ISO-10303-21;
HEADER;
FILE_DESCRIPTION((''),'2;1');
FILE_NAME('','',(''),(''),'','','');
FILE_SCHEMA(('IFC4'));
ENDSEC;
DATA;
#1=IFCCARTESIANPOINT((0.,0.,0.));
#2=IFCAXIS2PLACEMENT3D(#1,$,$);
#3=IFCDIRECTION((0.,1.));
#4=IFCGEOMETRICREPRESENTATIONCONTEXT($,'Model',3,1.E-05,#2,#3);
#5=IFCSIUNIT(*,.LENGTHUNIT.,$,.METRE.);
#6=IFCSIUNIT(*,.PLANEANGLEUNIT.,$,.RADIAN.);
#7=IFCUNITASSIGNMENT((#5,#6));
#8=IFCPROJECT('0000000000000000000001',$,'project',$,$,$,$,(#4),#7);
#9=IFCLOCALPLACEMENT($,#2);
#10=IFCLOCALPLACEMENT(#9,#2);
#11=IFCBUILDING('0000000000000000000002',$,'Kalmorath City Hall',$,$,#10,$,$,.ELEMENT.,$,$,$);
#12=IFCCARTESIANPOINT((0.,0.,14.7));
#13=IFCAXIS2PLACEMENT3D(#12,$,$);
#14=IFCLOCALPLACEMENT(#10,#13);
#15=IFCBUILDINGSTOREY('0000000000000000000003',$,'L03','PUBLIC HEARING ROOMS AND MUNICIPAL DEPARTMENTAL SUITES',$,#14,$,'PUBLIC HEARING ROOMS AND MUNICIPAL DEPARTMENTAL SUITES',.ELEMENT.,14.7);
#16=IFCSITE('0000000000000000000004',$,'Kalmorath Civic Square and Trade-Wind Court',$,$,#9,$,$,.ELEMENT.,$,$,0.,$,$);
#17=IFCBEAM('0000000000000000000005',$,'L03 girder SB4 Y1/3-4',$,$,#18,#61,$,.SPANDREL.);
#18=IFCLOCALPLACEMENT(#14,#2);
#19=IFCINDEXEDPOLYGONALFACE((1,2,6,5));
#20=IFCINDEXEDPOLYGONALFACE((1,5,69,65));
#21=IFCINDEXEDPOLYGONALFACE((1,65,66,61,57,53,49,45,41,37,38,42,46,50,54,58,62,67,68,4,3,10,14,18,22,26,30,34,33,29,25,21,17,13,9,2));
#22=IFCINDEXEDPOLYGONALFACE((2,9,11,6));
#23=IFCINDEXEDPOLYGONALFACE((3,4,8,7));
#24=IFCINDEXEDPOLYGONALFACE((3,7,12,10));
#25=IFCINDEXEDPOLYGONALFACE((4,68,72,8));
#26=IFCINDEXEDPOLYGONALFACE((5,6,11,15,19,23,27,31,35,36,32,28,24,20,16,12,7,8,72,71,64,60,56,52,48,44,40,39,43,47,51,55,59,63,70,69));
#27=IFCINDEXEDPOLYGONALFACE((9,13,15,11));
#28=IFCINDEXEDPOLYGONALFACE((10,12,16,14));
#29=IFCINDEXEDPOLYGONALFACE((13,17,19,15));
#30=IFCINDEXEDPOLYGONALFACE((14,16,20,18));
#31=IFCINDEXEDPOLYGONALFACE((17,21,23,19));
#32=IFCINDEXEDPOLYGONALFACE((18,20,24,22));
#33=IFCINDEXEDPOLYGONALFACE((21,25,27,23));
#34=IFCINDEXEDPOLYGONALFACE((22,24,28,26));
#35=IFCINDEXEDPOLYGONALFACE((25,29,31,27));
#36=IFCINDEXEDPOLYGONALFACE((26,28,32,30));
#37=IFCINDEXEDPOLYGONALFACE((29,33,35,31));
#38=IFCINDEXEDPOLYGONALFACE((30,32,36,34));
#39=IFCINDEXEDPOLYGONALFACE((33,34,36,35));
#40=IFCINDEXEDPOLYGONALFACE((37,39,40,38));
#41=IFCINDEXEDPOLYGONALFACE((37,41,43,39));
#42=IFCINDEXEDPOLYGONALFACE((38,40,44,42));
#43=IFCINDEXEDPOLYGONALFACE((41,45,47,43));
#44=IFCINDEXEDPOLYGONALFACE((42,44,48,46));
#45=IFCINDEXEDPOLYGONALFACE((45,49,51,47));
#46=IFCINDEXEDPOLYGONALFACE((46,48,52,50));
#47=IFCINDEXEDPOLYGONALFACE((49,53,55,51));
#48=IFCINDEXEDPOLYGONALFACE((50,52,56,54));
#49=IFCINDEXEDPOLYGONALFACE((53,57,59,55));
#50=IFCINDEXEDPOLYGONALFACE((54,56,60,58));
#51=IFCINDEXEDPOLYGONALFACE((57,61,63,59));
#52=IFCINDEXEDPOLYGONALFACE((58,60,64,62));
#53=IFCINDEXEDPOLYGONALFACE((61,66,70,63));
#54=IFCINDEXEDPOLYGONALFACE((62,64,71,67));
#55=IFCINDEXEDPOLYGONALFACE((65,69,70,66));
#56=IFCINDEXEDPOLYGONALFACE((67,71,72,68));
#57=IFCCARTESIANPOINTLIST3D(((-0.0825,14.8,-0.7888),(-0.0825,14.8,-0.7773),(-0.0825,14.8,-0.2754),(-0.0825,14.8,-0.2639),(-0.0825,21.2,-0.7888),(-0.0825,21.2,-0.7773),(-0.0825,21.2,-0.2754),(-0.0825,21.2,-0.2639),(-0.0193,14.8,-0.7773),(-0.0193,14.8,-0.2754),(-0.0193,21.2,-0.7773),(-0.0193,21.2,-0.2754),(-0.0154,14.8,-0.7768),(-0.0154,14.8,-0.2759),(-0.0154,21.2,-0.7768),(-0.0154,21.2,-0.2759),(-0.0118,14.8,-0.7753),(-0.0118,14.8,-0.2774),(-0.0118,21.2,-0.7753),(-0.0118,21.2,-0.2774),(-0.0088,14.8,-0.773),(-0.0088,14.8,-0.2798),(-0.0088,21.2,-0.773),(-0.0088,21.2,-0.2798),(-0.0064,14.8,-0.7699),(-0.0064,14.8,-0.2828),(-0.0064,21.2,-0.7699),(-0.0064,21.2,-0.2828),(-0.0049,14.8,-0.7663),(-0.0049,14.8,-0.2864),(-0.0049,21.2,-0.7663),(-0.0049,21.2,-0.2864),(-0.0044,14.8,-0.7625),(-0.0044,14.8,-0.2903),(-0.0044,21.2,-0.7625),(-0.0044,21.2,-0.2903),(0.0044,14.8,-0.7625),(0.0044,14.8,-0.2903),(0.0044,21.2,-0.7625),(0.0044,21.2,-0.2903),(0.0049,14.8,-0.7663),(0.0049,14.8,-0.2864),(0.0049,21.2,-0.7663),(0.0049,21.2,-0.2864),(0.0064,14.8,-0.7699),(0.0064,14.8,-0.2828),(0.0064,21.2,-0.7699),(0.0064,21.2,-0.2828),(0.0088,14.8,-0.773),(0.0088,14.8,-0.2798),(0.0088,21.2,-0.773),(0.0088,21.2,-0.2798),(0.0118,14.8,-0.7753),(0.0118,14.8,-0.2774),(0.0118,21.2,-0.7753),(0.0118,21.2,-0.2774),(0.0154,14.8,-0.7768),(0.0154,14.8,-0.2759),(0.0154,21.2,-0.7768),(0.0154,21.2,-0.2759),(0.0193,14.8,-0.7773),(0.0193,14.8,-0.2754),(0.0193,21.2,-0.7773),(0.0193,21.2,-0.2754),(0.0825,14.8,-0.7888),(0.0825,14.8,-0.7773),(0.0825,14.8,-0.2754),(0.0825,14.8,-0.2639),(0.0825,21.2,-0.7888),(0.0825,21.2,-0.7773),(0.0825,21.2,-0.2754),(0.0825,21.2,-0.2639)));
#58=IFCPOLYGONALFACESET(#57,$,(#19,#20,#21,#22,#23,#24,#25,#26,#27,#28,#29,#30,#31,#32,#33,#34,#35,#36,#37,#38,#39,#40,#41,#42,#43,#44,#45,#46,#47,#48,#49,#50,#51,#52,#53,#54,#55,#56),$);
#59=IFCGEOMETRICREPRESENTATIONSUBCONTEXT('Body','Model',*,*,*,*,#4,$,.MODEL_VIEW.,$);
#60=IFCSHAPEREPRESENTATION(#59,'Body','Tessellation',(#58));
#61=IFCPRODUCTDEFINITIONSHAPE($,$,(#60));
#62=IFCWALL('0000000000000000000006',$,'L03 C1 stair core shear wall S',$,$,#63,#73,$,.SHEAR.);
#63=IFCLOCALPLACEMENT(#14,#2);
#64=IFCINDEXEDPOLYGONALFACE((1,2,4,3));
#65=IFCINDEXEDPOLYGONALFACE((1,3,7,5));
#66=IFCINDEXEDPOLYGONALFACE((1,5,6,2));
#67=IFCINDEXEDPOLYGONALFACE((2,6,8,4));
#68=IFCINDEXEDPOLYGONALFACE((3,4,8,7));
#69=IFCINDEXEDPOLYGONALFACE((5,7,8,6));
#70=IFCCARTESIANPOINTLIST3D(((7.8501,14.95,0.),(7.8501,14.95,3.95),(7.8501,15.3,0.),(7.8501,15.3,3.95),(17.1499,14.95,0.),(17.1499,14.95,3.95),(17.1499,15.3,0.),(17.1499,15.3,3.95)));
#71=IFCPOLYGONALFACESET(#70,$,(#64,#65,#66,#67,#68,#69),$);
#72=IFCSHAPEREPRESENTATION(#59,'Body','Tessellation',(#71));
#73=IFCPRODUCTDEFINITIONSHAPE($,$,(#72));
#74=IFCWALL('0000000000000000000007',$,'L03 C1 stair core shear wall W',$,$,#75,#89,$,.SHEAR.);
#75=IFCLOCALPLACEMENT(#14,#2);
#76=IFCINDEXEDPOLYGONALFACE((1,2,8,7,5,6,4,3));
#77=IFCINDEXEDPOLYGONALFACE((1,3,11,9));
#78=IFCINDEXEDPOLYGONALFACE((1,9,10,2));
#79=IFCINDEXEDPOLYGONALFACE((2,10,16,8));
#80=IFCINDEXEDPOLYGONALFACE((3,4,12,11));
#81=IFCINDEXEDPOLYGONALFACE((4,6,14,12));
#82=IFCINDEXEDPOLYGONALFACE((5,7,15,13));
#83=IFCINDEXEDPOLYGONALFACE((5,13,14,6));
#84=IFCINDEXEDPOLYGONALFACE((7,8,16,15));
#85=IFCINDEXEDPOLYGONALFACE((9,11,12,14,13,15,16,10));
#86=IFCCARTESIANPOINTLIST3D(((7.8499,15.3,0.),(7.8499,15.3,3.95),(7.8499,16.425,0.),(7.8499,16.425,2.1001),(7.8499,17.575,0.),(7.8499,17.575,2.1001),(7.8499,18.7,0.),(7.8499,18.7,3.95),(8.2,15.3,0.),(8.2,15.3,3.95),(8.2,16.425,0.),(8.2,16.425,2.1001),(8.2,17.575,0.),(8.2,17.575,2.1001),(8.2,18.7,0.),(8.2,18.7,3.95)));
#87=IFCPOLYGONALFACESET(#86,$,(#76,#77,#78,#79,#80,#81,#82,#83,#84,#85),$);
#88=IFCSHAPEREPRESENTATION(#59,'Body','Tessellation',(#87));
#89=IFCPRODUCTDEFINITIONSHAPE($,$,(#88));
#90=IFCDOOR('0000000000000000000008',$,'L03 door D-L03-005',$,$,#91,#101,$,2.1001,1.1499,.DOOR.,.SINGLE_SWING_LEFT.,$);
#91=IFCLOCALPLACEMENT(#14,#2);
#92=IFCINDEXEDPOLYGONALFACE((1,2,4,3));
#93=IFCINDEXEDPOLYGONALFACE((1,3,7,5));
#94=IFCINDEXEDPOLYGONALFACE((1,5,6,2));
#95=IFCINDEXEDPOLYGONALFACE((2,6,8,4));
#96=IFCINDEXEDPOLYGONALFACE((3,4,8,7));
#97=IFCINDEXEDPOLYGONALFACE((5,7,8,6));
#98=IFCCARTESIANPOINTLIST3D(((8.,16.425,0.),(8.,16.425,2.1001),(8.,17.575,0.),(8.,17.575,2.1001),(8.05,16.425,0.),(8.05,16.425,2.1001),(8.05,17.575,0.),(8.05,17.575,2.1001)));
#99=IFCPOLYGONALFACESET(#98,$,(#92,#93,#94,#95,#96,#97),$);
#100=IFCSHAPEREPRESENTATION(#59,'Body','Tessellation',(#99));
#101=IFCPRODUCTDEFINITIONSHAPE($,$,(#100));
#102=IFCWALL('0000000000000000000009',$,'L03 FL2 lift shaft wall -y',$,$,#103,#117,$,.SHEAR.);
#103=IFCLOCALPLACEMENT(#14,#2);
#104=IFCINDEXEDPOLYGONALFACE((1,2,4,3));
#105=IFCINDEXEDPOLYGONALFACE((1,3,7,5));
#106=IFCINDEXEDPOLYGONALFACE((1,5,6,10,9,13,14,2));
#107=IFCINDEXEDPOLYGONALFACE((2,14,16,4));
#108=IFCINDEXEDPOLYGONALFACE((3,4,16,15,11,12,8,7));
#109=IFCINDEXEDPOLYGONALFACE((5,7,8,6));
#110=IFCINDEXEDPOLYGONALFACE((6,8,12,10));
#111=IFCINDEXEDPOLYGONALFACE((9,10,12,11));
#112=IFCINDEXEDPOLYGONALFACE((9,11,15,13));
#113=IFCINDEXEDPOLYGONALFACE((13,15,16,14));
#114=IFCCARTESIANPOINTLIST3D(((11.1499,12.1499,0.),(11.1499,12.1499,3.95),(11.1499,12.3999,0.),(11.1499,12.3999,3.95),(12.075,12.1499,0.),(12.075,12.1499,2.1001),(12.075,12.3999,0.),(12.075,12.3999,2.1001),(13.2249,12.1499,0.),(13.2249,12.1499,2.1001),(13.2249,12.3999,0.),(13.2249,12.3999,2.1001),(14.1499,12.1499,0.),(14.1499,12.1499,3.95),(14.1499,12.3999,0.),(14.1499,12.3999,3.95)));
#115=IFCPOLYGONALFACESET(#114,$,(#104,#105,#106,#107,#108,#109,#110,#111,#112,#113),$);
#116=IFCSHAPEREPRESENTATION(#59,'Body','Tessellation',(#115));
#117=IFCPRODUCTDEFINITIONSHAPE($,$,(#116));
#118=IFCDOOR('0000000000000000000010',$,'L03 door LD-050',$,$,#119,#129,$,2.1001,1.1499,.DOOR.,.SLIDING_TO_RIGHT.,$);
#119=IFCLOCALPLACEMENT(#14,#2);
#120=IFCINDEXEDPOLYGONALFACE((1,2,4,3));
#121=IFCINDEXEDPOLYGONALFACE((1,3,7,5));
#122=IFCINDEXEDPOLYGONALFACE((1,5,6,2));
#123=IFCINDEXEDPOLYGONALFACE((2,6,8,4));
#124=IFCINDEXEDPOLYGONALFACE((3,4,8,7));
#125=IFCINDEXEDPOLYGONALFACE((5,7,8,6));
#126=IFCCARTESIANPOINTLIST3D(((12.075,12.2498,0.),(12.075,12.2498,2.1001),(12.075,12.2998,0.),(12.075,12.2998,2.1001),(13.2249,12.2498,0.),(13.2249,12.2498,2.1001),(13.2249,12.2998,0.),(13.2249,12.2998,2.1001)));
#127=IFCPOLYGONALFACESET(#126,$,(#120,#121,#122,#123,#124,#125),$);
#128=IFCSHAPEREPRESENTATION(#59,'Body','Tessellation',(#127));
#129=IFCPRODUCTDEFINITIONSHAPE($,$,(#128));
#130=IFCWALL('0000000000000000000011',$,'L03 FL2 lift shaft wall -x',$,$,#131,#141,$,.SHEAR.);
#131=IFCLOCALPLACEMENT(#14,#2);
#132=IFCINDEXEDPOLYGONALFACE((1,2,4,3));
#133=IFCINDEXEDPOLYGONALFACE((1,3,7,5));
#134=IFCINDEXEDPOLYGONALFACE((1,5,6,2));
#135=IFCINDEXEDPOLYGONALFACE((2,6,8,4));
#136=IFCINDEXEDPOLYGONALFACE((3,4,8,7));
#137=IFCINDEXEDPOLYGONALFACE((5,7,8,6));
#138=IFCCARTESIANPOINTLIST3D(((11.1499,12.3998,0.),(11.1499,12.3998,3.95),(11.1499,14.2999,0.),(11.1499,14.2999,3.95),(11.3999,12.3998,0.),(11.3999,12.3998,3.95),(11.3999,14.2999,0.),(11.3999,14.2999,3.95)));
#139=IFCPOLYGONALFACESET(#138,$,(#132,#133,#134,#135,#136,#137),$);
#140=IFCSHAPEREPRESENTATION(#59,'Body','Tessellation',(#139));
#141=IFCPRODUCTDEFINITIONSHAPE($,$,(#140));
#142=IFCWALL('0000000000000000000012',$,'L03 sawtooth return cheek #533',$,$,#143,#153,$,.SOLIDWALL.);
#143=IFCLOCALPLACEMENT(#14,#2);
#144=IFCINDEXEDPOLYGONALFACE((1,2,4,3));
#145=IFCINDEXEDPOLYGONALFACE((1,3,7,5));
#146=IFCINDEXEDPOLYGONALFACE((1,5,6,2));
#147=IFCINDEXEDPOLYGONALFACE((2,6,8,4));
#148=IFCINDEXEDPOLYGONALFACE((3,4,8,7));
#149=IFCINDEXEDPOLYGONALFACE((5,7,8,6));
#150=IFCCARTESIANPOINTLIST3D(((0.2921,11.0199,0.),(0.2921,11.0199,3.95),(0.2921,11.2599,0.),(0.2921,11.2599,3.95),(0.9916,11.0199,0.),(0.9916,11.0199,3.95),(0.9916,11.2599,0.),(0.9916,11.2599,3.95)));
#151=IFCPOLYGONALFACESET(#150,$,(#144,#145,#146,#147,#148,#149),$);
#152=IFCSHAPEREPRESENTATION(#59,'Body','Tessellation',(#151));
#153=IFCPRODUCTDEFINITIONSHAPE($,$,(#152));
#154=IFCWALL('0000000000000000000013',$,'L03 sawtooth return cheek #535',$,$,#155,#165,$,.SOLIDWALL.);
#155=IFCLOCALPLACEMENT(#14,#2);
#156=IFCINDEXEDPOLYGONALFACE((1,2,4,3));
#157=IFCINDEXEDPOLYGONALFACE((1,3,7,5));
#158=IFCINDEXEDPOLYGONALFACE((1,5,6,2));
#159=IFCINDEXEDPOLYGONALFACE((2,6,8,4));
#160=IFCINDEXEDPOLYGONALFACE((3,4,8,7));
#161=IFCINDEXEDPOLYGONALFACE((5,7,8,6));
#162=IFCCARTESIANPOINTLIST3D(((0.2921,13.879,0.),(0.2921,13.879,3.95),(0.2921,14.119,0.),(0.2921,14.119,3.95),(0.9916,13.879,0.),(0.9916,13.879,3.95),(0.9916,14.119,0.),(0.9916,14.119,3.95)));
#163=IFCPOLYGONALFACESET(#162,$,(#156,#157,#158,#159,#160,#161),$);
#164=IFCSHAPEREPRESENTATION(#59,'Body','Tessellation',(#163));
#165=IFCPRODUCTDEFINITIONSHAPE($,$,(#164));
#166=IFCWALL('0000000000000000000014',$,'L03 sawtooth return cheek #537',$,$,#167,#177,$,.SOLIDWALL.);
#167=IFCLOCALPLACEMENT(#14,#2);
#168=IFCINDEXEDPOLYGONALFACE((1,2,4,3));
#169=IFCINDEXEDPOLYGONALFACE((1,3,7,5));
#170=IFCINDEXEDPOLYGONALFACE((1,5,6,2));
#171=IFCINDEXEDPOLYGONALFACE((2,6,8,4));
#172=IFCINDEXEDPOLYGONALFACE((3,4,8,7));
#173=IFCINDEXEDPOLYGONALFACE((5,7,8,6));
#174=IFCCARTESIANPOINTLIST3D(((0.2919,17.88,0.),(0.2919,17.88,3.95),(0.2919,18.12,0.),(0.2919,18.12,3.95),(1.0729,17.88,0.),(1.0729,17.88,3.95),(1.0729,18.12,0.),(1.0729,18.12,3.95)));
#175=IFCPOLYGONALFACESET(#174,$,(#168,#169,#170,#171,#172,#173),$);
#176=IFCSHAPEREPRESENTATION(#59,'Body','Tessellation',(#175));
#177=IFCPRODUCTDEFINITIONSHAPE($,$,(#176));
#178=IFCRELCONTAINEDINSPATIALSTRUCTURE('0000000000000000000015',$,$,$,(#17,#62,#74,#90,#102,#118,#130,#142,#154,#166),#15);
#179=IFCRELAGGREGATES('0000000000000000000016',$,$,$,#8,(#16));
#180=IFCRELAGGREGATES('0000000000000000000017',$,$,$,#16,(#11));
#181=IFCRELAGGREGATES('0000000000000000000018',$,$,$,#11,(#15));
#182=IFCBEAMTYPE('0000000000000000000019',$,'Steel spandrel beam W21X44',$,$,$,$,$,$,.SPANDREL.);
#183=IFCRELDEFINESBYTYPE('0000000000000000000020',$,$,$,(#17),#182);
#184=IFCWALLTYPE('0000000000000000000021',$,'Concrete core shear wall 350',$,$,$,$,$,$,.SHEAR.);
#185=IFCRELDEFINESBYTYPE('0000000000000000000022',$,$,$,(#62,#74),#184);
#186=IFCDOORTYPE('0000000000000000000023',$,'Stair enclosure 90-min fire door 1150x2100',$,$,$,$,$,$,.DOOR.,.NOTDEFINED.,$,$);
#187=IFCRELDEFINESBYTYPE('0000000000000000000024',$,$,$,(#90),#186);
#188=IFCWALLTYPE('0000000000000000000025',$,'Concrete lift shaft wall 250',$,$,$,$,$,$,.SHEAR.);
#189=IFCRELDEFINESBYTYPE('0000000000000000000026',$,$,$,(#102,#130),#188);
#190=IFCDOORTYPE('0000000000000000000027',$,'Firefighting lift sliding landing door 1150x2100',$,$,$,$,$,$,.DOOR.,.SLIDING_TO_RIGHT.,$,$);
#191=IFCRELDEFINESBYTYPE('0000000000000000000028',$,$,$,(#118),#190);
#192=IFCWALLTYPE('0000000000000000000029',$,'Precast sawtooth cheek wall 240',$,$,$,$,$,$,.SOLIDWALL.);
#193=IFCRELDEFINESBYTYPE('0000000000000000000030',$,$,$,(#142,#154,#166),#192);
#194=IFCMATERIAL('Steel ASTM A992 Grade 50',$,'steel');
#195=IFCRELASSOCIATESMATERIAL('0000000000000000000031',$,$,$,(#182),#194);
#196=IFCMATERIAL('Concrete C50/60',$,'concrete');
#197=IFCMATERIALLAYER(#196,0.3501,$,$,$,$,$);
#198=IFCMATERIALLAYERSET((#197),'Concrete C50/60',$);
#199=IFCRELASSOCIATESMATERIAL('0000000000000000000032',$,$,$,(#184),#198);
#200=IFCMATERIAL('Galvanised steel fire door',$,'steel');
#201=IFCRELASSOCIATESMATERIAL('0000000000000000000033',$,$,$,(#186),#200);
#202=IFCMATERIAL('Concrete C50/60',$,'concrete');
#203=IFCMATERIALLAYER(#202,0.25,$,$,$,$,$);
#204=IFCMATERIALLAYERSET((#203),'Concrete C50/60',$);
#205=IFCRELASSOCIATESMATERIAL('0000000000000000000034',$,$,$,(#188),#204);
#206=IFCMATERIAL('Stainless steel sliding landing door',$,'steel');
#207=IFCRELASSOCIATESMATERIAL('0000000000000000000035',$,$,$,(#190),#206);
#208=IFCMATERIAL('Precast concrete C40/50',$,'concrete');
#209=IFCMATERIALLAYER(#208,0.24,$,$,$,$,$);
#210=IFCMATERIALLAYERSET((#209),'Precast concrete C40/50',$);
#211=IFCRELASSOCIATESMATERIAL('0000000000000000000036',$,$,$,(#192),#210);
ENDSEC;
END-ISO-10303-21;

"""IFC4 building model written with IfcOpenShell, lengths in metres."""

from ifc_helpers import new_model, si_unit, direction, frame, frame_2d, origin, origin_2d, place, context, subcontext, project, spatial, rectangle, i_section, extrude, material, layer, layer_set, material_profile, profile_set, type_object, element, fill, save


model = new_model("IFC4")

# Units and contexts
model_context = context("Model", 3, precision=1e-05, world=origin(), true_north=direction((0.0, 1.0)))
body_context = subcontext(model_context, "Body", "Model", "MODEL_VIEW")
ifc_project = project(units=[si_unit("LENGTHUNIT", "METRE"), si_unit("PLANEANGLEUNIT", "RADIAN")], contexts=[model_context])

# Site, building, storey
site_placement = place(None, origin())
site = spatial("IfcSite", under=ifc_project, at=site_placement, Name="Kalmorath Civic Square and Trade-Wind Court", CompositionType="ELEMENT", RefElevation=0.0)
building_placement = place(site_placement, origin())
building = spatial("IfcBuilding", under=site, at=building_placement, Name="Kalmorath City Hall", CompositionType="ELEMENT")
storey_placement = place(building_placement, frame((0.0, 0.0, 14.7)))
storey = spatial("IfcBuildingStorey", under=building, at=storey_placement, Name="L03", Description="PUBLIC HEARING ROOMS AND MUNICIPAL DEPARTMENTAL SUITES", LongName="PUBLIC HEARING ROOMS AND MUNICIPAL DEPARTMENTAL SUITES", CompositionType="ELEMENT", Elevation=14.7)

# Beam
ifc_material_1 = material(Name="Steel ASTM A992 Grade 50", Category="steel")
ifc_material_profile_1 = material_profile(ifc_material_1, i_section(OverallWidth=0.165, OverallDepth=0.5249, WebThickness=0.0088, FlangeThickness=0.0115, FilletRadius=0.0149, at=origin_2d()), Name="W21X44")
ifc_profile_set_1 = profile_set([ifc_material_profile_1], Name="Steel ASTM A992 Grade 50")
beam_type_1 = type_object("IfcBeamType", Name="Steel spandrel beam W21X44", PredefinedType="SPANDREL", material=ifc_profile_set_1)
beam_1_placement = place(storey_placement, frame((0.0, 14.8, -0.5264), z_axis=(0.0, 1.0, 0.0), x_axis=(-1.0, 0.0, 0.0)))
element("IfcBeam", 1, at=beam_1_placement, inside=storey, type_object=beam_type_1, Name="L03 girder SB4 Y1/3-4", PredefinedType="SPANDREL", context=body_context, shape_type="SweptSolid", body=[
    extrude(i_section(OverallWidth=0.165, OverallDepth=0.5249, WebThickness=0.0088, FlangeThickness=0.0115, FilletRadius=0.0149, at=origin_2d()), origin(), (0.0, 0.0, 1.0), 6.3999),
])

# Wall
ifc_material_2 = material(Name="Concrete C50/60", Category="concrete")
ifc_layer_1 = layer(ifc_material_2, 0.3501)
ifc_layer_set_1 = layer_set([ifc_layer_1], Name="Concrete C50/60")
wall_type_1 = type_object("IfcWallType", Name="Concrete core shear wall 350", PredefinedType="SHEAR", material=ifc_layer_set_1)
wall_1_placement = place(storey_placement, frame((7.8501, 15.125, 0.0), z_axis=(0.0, 0.0, 1.0), x_axis=(1.0, 0.0, 0.0)))
element("IfcWall", 2, at=wall_1_placement, inside=storey, type_object=wall_type_1, Name="L03 C1 stair core shear wall S", PredefinedType="SHEAR", context=body_context, shape_type="SweptSolid", body=[
    extrude(rectangle(XDim=9.2998, YDim=0.3501, at=frame_2d((4.6499, 0.0))), origin(), (0.0, 0.0, 1.0), 3.95),
])

# Walls, openings, doors
wall_2_placement = place(storey_placement, frame((8.0249, 18.7, 0.0), z_axis=(0.0, 0.0, 1.0), x_axis=(0.0, -1.0, 0.0)))
wall_2 = element("IfcWall", 3, at=wall_2_placement, inside=storey, type_object=wall_type_1, Name="L03 C1 stair core shear wall W", PredefinedType="SHEAR", context=body_context, shape_type="SweptSolid", body=[
    extrude(rectangle(XDim=3.3999, YDim=0.3501, at=frame_2d((1.7, 0.0))), origin(), (0.0, 0.0, 1.0), 3.95),
])
opening_1_placement = place(wall_2_placement, frame((1.125, 0.0, 0.0)))
opening_1 = element("IfcOpeningElement", 4, at=opening_1_placement, cuts=wall_2, PredefinedType="OPENING", context=body_context, shape_type="SweptSolid", body=[
    extrude(rectangle(XDim=1.1499, YDim=2.1001, at=frame_2d((0.575, 1.05))), frame((0.0, 0.1851, 0.0), z_axis=(0.0, -1.0, 0.0), x_axis=(1.0, 0.0, 0.0)), (0.0, 0.0, 1.0), 0.3701),
])
ifc_material_3 = material(Name="Galvanised steel fire door", Category="steel")
door_type_1 = type_object("IfcDoorType", Name="Stair enclosure 90-min fire door 1150x2100", OperationType="NOTDEFINED", PredefinedType="DOOR", material=ifc_material_3)
door_1_placement = place(opening_1_placement, frame((1.1499, 0.0, 0.0), z_axis=(0.0, 0.0, 1.0), x_axis=(-1.0, 0.0, 0.0)))
door_1 = element("IfcDoor", 5, at=door_1_placement, inside=storey, type_object=door_type_1, Name="L03 door D-L03-005", OperationType="SINGLE_SWING_LEFT", OverallHeight=2.1001, OverallWidth=1.1499, PredefinedType="DOOR", context=body_context, shape_type="SweptSolid", body=[
    extrude(rectangle(XDim=1.1499, YDim=2.1001, at=frame_2d((0.575, 1.05))), frame((0.0, 0.0249, 0.0), z_axis=(0.0, -1.0, 0.0), x_axis=(1.0, 0.0, 0.0)), (0.0, 0.0, 1.0), 0.05),
])
fill(opening_1, door_1)
ifc_material_4 = material(Name="Concrete C50/60", Category="concrete")
ifc_layer_2 = layer(ifc_material_4, 0.25)
ifc_layer_set_2 = layer_set([ifc_layer_2], Name="Concrete C50/60")
wall_type_2 = type_object("IfcWallType", Name="Concrete lift shaft wall 250", PredefinedType="SHEAR", material=ifc_layer_set_2)
wall_3_placement = place(storey_placement, frame((11.1499, 12.2749, 0.0), z_axis=(0.0, 0.0, 1.0), x_axis=(1.0, 0.0, 0.0)))
wall_3 = element("IfcWall", 6, at=wall_3_placement, inside=storey, type_object=wall_type_2, Name="L03 FL2 lift shaft wall -y", PredefinedType="SHEAR", context=body_context, shape_type="SweptSolid", body=[
    extrude(rectangle(XDim=3.0, YDim=0.25, at=frame_2d((1.5, 0.0))), origin(), (0.0, 0.0, 1.0), 3.95),
])
opening_2_placement = place(wall_3_placement, frame((0.925, 0.0, 0.0)))
opening_2 = element("IfcOpeningElement", 7, at=opening_2_placement, cuts=wall_3, PredefinedType="OPENING", context=body_context, shape_type="SweptSolid", body=[
    extrude(rectangle(XDim=1.1499, YDim=2.1001, at=frame_2d((0.575, 1.05))), frame((0.0, 0.135, 0.0), z_axis=(0.0, -1.0, 0.0), x_axis=(1.0, 0.0, 0.0)), (0.0, 0.0, 1.0), 0.27),
])
ifc_material_5 = material(Name="Stainless steel sliding landing door", Category="steel")
door_type_2 = type_object("IfcDoorType", Name="Firefighting lift sliding landing door 1150x2100", OperationType="SLIDING_TO_RIGHT", PredefinedType="DOOR", material=ifc_material_5)
door_2_placement = place(opening_2_placement, origin())
door_2 = element("IfcDoor", 8, at=door_2_placement, inside=storey, type_object=door_type_2, Name="L03 door LD-050", OperationType="SLIDING_TO_RIGHT", OverallHeight=2.1001, OverallWidth=1.1499, PredefinedType="DOOR", context=body_context, shape_type="SweptSolid", body=[
    extrude(rectangle(XDim=1.1499, YDim=2.1001, at=frame_2d((0.575, 1.05))), frame((0.0, 0.0249, 0.0), z_axis=(0.0, -1.0, 0.0), x_axis=(1.0, 0.0, 0.0)), (0.0, 0.0, 1.0), 0.05),
])
fill(opening_2, door_2)

# Walls
wall_4_placement = place(storey_placement, frame((11.2749, 14.3, 0.0), z_axis=(0.0, 0.0, 1.0), x_axis=(0.0, -1.0, 0.0)))
element("IfcWall", 9, at=wall_4_placement, inside=storey, type_object=wall_type_2, Name="L03 FL2 lift shaft wall -x", PredefinedType="SHEAR", context=body_context, shape_type="SweptSolid", body=[
    extrude(rectangle(XDim=1.9001, YDim=0.25, at=frame_2d((0.9502, 0.0))), origin(), (0.0, 0.0, 1.0), 3.95),
])
ifc_material_6 = material(Name="Precast concrete C40/50", Category="concrete")
ifc_layer_3 = layer(ifc_material_6, 0.24)
ifc_layer_set_3 = layer_set([ifc_layer_3], Name="Precast concrete C40/50")
wall_type_3 = type_object("IfcWallType", Name="Precast sawtooth cheek wall 240", PredefinedType="SOLIDWALL", material=ifc_layer_set_3)
for number, where, z_axis, x_axis, name in (
    (10, (0.9915, 11.1399, 0.0), (0.0, 0.0, 1.0), (-1.0, 0.0, 0.0), "L03 sawtooth return cheek #533"),
    (11, (0.9915, 13.999, 0.0), (0.0, 0.0, 1.0), (-1.0, 0.0, 0.0), "L03 sawtooth return cheek #535"),
):
    element("IfcWall", number, at=place(storey_placement, frame(where, z_axis=z_axis, x_axis=x_axis)), inside=storey, type_object=wall_type_3, Name=name, PredefinedType="SOLIDWALL", context=body_context, shape_type="SweptSolid", body=[
        extrude(rectangle(XDim=0.6995, YDim=0.24, at=frame_2d((0.3496, 0.0))), origin(), (0.0, 0.0, 1.0), 3.95),
    ])
wall_5_placement = place(storey_placement, frame((1.073, 18.0, 0.0), z_axis=(0.0, 0.0, 1.0), x_axis=(-1.0, 0.0, 0.0)))
element("IfcWall", 12, at=wall_5_placement, inside=storey, type_object=wall_type_3, Name="L03 sawtooth return cheek #537", PredefinedType="SOLIDWALL", context=body_context, shape_type="SweptSolid", body=[
    extrude(rectangle(XDim=0.781, YDim=0.24, at=frame_2d((0.3906, 0.0))), origin(), (0.0, 0.0, 1.0), 3.95),
])

save(model, "model.ifc")
